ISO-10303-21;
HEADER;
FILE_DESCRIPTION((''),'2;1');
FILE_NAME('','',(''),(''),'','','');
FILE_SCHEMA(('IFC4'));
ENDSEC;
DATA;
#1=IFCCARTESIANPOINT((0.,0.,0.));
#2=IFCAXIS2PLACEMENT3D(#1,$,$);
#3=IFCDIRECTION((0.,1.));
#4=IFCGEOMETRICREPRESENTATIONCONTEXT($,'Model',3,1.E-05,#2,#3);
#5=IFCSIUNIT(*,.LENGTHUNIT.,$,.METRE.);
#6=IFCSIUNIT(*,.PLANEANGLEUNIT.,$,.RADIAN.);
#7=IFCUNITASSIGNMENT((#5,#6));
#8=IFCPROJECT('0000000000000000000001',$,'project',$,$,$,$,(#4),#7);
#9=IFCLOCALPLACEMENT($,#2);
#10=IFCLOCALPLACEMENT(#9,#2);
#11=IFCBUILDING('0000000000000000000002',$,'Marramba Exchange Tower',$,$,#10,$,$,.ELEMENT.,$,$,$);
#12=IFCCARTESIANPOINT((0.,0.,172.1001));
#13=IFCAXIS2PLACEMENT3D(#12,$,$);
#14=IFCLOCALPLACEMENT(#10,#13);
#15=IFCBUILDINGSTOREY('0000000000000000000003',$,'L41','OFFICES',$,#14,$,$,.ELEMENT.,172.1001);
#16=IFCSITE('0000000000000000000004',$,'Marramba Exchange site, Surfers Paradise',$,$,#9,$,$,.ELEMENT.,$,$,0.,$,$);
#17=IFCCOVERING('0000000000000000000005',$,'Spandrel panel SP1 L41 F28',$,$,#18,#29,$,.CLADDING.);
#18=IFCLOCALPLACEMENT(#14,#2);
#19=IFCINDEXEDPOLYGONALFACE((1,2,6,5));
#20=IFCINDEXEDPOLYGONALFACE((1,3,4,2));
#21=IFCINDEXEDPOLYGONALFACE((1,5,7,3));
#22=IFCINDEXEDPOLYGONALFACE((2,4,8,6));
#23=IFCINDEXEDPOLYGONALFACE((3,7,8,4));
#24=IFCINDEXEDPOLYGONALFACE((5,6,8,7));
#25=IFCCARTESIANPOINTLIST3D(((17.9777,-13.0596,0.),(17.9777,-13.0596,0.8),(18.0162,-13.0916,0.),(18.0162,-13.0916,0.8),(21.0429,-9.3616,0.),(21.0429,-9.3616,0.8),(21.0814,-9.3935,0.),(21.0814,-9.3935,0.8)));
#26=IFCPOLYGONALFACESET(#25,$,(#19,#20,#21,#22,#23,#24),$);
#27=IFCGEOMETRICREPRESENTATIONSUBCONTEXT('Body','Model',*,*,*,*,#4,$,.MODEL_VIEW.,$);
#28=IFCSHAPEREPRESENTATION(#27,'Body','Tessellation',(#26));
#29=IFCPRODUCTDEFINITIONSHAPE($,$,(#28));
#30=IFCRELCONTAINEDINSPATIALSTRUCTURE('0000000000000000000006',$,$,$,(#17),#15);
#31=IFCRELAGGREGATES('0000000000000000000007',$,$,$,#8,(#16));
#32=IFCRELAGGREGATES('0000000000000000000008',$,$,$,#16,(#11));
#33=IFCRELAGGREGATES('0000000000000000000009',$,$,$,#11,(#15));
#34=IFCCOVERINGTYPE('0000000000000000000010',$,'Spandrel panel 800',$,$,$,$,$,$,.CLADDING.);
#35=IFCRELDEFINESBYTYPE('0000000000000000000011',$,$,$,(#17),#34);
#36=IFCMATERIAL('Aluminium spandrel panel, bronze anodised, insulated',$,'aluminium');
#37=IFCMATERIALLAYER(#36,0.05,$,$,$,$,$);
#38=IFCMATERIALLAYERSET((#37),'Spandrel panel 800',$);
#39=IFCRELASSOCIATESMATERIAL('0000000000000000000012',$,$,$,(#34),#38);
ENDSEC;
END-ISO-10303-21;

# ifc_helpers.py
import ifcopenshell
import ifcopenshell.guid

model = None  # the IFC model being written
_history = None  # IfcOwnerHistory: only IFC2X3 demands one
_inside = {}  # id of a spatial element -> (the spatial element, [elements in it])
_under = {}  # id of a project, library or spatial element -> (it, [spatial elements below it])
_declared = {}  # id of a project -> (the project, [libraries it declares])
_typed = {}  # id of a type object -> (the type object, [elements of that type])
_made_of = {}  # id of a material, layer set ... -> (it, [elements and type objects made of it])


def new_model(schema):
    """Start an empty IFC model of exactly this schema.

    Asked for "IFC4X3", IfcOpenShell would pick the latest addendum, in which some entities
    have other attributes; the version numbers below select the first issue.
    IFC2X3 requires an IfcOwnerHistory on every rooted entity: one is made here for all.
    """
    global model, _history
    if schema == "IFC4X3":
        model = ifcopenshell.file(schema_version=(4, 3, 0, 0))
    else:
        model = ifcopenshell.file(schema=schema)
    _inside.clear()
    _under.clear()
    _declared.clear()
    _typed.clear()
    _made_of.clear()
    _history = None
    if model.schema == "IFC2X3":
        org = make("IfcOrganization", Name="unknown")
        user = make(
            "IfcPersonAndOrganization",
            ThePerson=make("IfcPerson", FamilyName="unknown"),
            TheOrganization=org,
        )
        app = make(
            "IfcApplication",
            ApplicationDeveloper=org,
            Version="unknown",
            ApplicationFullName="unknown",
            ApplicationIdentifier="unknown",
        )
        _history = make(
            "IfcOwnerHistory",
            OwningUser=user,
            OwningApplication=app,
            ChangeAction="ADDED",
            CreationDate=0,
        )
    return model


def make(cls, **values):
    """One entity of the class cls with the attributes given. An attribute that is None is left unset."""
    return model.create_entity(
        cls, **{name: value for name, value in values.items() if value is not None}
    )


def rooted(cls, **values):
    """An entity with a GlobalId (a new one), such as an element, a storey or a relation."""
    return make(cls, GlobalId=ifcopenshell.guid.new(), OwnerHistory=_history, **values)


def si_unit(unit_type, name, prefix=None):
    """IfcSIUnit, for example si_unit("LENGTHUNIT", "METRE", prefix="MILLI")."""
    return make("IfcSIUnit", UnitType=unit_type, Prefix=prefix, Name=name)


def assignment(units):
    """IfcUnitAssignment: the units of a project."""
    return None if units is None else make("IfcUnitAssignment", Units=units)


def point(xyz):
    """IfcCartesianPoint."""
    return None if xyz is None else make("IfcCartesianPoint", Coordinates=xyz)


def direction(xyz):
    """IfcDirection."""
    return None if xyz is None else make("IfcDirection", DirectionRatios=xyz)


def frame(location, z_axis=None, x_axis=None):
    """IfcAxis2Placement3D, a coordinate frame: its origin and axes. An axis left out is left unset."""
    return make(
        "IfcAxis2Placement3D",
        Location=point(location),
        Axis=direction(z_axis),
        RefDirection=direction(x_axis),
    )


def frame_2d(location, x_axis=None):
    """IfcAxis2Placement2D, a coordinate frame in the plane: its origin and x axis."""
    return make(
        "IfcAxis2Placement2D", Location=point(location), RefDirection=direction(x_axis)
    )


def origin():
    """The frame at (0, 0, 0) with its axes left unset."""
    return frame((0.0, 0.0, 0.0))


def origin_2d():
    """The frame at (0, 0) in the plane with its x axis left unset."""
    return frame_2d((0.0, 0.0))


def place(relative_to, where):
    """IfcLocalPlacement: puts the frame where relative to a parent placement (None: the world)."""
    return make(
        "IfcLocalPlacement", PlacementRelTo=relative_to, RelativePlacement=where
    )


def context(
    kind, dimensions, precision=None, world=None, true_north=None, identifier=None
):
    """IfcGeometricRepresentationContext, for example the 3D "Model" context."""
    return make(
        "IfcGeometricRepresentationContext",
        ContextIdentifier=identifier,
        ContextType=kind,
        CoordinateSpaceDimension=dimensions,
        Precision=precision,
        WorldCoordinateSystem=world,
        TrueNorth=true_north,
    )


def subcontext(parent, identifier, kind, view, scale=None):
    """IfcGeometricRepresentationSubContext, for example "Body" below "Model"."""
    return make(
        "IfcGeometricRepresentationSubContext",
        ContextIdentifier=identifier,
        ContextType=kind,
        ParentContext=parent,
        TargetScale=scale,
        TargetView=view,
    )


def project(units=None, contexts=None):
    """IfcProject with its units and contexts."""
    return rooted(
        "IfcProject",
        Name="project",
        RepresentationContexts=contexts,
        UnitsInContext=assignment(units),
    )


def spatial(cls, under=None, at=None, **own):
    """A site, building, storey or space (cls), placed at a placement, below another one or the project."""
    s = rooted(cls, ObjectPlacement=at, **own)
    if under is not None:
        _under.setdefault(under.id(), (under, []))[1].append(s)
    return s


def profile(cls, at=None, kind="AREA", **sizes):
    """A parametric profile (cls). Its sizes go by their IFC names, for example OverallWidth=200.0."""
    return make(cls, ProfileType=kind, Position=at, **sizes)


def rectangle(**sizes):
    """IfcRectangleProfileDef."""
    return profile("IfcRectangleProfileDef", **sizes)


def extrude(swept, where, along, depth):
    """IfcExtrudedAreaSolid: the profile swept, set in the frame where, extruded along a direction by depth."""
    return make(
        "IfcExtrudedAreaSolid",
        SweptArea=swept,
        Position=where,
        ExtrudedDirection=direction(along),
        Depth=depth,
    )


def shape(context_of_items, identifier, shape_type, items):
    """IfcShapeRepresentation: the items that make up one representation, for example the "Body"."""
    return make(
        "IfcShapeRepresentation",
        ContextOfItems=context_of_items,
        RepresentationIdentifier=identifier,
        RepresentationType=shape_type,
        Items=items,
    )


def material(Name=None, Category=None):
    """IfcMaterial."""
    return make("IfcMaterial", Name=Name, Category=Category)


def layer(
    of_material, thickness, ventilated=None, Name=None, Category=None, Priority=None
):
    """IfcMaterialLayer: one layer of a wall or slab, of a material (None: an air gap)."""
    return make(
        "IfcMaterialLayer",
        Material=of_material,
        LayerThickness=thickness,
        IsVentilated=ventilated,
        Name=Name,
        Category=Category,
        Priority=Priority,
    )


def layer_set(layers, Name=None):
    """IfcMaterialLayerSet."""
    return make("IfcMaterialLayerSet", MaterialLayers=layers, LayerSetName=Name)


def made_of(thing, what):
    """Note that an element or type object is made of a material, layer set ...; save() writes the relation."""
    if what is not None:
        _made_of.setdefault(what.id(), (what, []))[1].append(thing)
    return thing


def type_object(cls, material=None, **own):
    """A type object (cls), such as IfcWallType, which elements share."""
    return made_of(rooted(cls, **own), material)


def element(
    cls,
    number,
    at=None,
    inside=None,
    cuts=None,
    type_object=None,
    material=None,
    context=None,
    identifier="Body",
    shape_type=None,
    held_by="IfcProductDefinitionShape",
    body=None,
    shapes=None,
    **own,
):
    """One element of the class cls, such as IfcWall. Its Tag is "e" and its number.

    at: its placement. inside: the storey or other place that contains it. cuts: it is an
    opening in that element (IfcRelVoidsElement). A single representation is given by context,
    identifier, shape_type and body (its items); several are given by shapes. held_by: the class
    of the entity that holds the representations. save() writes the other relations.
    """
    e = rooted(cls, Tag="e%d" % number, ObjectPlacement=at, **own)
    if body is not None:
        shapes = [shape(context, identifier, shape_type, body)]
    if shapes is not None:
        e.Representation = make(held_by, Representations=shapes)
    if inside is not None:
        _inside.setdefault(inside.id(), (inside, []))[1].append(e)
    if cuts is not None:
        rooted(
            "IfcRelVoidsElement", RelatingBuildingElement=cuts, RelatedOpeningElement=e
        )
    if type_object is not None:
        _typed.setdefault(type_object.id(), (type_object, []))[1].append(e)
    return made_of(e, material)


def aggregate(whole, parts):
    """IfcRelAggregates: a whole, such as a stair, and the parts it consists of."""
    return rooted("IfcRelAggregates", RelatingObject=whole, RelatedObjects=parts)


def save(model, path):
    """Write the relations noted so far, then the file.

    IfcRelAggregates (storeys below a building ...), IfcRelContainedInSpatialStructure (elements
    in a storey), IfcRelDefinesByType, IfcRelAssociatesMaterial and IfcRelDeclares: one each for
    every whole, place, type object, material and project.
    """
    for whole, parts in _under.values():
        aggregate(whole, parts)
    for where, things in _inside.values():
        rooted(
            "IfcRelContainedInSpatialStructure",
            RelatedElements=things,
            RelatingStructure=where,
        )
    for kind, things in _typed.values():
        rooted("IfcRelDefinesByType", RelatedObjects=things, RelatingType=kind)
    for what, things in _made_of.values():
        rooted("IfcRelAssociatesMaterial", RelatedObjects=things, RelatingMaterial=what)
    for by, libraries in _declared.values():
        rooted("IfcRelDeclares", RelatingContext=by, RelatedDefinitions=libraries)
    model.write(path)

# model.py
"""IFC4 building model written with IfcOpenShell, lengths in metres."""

from ifc_helpers import new_model, si_unit, direction, frame, origin, origin_2d, place, context, subcontext, project, spatial, rectangle, extrude, material, layer, layer_set, type_object, element, save


model = new_model("IFC4")

# Units and contexts
model_context = context("Model", 3, precision=1e-05, world=origin(), true_north=direction((0.0, 1.0)))
body_context = subcontext(model_context, "Body", "Model", "MODEL_VIEW")
ifc_project = project(units=[si_unit("LENGTHUNIT", "METRE"), si_unit("PLANEANGLEUNIT", "RADIAN")], contexts=[model_context])

# Site, building, storey
site_placement = place(None, origin())
site = spatial("IfcSite", under=ifc_project, at=site_placement, Name="Marramba Exchange site, Surfers Paradise", CompositionType="ELEMENT", RefElevation=0.0)
building_placement = place(site_placement, origin())
building = spatial("IfcBuilding", under=site, at=building_placement, Name="Marramba Exchange Tower", CompositionType="ELEMENT")
storey_placement = place(building_placement, frame((0.0, 0.0, 172.1001)))
storey = spatial("IfcBuildingStorey", under=building, at=storey_placement, Name="L41", Description="OFFICES", CompositionType="ELEMENT", Elevation=172.1001)

# Covering
ifc_material_1 = material(Name="Aluminium spandrel panel, bronze anodised, insulated", Category="aluminium")
ifc_layer_1 = layer(ifc_material_1, 0.05)
ifc_layer_set_1 = layer_set([ifc_layer_1], Name="Spandrel panel 800")
covering_type = type_object("IfcCoveringType", Name="Spandrel panel 800", PredefinedType="CLADDING", material=ifc_layer_set_1)
covering_1_placement = place(storey_placement, frame((19.5295, -11.2266, 0.0), z_axis=(0.0, 0.0, 1.0), x_axis=(0.63815, 0.769912, 0.0)))
element("IfcCovering", 1, at=covering_1_placement, inside=storey, type_object=covering_type, Name="Spandrel panel SP1 L41 F28", PredefinedType="CLADDING", context=body_context, shape_type="SweptSolid", body=[
    extrude(rectangle(XDim=4.8032, YDim=0.05, at=origin_2d()), origin(), (0.0, 0.0, 1.0), 0.8),
])

save(model, "model.ifc")
